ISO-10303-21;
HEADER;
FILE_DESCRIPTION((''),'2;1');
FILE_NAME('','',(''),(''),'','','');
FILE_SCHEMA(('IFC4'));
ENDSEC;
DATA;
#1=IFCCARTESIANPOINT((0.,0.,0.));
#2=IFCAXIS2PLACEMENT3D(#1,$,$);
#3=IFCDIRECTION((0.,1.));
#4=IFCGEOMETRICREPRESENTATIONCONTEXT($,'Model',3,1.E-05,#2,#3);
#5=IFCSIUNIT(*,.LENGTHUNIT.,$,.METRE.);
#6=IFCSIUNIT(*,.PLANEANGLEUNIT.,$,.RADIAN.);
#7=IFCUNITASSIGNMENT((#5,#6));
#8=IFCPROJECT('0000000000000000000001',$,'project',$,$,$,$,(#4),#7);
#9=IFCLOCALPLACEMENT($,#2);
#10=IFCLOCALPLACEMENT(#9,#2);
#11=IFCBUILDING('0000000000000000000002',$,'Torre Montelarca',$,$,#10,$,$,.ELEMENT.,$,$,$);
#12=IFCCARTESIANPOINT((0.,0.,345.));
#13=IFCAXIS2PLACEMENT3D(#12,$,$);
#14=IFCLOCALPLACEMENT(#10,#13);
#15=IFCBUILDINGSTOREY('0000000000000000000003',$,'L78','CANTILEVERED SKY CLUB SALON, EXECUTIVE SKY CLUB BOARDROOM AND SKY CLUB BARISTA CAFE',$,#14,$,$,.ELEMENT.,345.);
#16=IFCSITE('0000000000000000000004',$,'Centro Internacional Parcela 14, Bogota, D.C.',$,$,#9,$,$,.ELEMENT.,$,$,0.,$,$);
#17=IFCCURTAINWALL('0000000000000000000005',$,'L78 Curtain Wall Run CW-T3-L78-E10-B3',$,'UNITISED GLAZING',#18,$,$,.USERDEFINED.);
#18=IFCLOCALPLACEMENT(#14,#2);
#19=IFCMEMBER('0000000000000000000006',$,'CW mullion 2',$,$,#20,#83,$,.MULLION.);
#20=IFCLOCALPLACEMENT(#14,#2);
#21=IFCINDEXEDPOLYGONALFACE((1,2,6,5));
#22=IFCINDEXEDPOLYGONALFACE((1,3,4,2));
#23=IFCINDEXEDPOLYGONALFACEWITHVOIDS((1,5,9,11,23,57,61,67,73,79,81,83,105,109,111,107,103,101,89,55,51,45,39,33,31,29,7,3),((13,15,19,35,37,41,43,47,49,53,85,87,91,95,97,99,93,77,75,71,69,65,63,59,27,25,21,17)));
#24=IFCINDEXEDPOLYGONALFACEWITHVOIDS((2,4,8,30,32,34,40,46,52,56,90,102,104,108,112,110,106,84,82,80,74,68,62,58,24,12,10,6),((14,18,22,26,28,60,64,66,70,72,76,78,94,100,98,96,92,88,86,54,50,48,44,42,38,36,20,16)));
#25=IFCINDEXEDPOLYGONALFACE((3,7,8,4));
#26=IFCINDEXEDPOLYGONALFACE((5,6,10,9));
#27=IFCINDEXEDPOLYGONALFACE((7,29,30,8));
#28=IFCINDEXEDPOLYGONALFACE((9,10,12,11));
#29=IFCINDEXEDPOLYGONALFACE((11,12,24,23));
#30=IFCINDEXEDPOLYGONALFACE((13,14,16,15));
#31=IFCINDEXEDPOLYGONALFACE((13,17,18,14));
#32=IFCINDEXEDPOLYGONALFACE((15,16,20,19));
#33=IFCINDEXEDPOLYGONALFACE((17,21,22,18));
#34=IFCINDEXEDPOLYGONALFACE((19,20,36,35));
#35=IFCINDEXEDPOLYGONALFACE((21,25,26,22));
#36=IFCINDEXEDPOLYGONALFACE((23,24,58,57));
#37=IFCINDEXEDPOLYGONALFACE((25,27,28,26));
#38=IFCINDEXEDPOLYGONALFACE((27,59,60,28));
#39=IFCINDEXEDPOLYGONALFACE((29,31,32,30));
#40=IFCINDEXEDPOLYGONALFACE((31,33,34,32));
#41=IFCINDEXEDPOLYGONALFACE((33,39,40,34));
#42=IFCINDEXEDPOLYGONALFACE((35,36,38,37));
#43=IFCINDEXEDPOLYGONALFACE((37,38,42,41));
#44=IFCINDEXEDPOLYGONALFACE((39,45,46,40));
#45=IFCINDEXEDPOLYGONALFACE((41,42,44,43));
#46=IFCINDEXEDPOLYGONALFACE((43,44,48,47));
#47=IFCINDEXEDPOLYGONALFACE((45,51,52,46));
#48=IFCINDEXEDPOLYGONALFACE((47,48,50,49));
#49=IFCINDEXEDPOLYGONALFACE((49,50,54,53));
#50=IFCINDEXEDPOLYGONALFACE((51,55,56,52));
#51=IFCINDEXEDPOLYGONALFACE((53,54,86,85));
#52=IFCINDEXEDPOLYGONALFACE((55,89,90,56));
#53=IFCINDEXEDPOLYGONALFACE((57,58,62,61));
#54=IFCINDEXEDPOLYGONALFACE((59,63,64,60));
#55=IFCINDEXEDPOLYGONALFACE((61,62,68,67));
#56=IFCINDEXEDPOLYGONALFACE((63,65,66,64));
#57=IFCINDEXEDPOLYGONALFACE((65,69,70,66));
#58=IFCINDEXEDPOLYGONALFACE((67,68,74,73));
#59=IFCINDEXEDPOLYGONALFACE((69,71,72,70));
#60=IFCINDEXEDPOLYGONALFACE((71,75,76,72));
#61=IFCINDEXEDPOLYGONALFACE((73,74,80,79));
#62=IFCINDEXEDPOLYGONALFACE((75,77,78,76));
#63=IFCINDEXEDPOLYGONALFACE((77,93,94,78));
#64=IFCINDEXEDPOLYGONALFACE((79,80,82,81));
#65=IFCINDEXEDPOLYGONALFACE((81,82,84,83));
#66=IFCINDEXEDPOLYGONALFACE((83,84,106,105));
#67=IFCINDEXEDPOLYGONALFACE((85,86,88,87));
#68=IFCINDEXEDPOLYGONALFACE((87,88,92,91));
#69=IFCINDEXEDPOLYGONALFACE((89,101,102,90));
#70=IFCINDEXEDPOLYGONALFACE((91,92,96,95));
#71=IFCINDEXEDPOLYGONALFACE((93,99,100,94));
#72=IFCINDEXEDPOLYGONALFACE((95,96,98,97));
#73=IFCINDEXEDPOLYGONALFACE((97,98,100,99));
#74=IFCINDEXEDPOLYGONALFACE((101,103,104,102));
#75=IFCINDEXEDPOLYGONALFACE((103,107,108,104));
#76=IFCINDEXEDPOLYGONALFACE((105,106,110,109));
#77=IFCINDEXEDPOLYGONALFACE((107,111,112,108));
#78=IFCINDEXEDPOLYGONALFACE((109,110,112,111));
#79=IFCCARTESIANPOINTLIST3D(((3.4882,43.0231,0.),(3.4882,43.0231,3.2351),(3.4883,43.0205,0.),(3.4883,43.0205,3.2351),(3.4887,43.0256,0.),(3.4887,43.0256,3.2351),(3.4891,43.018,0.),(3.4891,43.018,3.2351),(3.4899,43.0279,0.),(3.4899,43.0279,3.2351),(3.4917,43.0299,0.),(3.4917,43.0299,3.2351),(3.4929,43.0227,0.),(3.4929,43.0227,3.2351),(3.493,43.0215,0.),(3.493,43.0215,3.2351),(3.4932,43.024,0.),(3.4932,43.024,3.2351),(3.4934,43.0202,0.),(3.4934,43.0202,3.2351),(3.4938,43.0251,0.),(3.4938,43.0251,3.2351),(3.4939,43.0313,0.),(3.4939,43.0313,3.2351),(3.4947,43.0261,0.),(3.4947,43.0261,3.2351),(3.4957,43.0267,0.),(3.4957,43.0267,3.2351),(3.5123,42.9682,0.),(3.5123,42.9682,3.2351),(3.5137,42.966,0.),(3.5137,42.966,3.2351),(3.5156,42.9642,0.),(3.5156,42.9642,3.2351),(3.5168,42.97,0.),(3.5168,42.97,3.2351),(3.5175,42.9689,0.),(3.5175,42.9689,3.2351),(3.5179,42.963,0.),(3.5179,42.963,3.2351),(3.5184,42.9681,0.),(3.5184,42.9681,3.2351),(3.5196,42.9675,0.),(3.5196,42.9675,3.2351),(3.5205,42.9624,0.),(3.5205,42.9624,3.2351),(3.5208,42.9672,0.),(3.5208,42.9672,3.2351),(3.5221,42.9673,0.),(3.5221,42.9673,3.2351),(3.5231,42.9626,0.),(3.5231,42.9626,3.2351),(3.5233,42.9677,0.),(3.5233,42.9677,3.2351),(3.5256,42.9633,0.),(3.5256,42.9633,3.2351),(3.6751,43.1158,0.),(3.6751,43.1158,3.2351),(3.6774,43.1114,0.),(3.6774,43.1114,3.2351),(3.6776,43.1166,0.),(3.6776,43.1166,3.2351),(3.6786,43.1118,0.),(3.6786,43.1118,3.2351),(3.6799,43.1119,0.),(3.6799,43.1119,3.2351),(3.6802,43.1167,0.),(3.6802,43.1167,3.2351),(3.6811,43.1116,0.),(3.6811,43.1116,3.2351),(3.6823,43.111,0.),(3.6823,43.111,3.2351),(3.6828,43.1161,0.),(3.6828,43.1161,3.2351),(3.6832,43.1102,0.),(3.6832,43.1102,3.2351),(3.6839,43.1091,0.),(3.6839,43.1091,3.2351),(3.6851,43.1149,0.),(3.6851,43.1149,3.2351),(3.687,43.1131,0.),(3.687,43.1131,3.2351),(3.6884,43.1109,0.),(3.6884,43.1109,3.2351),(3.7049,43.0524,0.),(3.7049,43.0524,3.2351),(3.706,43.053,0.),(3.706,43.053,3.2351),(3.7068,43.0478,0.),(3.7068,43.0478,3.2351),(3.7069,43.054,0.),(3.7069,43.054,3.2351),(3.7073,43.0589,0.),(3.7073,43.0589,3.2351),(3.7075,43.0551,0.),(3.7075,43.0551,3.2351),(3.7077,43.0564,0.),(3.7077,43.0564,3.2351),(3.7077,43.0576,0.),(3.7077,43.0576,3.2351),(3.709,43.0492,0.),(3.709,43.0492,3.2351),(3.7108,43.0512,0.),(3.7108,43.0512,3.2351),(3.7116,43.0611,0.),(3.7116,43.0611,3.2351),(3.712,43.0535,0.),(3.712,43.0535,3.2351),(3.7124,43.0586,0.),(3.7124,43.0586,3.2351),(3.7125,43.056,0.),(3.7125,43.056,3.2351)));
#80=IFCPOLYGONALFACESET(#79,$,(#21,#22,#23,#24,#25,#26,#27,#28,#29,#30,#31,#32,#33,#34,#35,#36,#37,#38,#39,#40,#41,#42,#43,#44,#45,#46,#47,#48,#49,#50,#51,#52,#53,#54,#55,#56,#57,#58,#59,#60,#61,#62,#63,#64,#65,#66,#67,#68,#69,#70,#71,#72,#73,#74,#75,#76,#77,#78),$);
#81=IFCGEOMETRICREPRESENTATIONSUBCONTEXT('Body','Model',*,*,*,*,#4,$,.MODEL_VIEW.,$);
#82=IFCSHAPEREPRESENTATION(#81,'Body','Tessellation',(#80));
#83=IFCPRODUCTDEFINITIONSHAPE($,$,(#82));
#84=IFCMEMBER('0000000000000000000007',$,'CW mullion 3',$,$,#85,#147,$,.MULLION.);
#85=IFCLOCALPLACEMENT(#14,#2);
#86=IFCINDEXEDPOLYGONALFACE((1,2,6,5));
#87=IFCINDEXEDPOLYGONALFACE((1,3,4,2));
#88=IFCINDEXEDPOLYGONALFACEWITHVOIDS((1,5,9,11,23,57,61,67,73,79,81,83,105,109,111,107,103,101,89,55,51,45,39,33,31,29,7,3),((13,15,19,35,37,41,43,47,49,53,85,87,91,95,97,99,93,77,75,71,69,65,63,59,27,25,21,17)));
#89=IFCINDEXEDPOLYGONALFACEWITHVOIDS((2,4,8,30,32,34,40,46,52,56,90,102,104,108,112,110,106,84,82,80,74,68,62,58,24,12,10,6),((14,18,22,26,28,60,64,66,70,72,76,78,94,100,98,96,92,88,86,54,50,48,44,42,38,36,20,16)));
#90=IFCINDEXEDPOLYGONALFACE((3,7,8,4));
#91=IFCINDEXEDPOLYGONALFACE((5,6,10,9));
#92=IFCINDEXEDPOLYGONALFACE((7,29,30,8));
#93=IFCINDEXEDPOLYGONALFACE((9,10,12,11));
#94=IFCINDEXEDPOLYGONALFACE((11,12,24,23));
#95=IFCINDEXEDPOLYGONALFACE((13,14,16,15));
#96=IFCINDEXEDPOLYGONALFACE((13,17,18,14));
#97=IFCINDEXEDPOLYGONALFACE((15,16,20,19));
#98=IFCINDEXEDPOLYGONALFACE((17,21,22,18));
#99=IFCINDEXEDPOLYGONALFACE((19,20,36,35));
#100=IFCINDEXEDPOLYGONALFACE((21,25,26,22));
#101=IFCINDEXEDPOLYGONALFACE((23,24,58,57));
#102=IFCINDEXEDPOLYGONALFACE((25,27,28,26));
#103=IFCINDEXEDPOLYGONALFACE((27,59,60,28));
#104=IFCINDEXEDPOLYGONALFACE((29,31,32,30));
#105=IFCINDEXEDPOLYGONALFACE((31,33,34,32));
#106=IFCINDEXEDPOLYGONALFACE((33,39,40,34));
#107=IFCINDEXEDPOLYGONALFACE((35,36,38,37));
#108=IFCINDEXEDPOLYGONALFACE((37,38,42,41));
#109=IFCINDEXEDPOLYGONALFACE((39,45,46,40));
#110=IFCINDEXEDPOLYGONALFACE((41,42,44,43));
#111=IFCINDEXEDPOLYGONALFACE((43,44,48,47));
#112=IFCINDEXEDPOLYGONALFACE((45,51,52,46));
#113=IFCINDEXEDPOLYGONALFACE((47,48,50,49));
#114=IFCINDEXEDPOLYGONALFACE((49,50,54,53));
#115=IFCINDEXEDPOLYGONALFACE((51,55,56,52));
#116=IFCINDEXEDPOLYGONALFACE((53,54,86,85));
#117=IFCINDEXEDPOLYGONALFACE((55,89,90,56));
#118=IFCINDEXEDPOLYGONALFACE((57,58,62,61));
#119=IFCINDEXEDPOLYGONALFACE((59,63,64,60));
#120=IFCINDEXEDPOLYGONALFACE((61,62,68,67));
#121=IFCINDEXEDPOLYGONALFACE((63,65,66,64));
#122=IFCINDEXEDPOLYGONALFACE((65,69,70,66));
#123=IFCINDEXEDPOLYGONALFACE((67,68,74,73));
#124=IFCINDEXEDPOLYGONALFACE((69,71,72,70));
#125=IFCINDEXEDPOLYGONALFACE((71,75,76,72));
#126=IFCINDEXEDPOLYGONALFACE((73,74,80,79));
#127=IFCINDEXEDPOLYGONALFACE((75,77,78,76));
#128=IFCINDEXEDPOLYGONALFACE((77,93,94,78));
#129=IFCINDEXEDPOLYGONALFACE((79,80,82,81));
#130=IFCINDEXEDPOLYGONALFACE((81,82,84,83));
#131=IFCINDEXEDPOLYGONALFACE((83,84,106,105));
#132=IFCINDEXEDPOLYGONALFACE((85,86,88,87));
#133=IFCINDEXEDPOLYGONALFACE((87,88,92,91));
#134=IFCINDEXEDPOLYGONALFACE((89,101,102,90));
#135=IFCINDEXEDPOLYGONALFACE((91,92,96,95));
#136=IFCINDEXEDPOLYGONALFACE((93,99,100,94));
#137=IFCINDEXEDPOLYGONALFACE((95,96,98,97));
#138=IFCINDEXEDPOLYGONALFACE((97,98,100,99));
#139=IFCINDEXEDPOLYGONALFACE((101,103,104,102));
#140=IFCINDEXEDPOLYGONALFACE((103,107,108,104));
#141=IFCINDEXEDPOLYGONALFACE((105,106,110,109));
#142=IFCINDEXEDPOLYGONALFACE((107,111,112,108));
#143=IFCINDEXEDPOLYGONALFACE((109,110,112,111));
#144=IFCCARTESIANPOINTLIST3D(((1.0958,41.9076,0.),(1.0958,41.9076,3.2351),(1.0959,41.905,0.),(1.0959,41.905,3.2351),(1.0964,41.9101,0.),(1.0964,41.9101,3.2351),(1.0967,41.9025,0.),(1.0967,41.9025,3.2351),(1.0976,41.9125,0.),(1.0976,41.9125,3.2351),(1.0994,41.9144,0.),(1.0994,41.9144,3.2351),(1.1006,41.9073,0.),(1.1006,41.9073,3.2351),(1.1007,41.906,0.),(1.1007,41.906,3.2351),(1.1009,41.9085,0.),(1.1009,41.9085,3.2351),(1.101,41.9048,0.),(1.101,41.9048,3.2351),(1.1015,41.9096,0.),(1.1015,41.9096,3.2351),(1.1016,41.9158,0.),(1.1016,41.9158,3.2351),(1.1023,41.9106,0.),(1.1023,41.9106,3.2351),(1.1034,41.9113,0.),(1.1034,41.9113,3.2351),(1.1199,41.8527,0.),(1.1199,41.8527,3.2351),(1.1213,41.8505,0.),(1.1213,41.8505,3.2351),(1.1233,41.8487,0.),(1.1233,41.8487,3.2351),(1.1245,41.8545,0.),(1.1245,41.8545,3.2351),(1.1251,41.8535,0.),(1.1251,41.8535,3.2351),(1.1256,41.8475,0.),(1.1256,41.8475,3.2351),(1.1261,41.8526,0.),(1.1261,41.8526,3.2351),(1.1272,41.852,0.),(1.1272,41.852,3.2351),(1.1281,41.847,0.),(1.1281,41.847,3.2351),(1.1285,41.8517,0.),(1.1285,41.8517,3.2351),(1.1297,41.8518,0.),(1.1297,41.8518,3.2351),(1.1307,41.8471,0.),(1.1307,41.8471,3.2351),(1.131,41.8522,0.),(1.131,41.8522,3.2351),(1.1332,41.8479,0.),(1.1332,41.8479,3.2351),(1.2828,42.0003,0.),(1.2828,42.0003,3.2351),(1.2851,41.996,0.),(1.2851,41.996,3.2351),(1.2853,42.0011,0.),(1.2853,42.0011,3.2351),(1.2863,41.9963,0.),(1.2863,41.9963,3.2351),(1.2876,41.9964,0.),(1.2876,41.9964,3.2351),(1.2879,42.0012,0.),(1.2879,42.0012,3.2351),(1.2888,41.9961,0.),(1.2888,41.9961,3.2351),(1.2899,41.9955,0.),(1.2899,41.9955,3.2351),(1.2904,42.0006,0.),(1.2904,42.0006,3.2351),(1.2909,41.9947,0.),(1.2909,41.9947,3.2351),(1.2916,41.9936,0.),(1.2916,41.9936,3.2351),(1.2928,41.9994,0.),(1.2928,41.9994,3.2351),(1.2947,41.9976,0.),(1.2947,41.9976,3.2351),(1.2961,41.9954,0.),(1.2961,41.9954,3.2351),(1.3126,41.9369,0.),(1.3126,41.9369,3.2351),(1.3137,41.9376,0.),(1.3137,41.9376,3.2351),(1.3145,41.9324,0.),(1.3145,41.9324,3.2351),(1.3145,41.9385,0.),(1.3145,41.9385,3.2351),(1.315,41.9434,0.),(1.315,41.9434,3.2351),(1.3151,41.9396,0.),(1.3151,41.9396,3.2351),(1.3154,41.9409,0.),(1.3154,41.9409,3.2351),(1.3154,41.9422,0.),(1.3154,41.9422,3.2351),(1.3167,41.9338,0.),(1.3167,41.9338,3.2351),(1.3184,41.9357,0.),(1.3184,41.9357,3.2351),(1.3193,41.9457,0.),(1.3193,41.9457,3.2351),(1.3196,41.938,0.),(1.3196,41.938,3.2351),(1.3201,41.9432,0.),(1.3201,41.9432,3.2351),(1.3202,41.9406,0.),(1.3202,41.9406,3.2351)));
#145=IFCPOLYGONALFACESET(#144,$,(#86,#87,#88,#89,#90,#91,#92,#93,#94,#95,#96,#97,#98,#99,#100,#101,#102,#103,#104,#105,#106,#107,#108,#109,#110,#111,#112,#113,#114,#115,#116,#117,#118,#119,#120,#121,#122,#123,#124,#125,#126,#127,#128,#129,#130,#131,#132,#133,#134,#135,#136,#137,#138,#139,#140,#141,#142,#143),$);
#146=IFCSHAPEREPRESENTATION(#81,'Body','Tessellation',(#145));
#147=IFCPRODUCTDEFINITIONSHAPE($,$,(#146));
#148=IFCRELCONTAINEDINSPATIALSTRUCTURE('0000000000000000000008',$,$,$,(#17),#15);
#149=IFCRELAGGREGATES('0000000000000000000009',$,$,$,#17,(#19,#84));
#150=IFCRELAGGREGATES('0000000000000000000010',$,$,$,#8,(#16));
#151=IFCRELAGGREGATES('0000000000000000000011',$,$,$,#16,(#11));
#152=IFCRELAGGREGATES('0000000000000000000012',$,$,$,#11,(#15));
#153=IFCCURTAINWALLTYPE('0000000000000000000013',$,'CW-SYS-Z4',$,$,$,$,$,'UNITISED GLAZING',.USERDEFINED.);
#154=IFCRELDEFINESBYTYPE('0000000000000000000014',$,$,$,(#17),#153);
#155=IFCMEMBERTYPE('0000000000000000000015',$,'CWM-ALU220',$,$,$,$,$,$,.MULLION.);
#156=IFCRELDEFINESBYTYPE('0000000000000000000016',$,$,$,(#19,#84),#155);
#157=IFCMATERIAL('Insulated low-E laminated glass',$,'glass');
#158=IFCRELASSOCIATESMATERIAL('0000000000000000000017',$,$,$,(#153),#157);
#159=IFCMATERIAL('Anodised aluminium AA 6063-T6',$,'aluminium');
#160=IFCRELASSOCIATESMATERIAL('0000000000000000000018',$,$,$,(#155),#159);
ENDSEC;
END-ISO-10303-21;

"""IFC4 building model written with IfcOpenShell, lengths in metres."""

from ifc_helpers import new_model, si_unit, direction, frame, origin, origin_2d, place, context, subcontext, project, spatial, hollow_rectangle, extrude, source, transform, mapped, material, material_profile, profile_set, type_object, element, aggregate, save


model = new_model("IFC4")

# Units and contexts
model_context = context("Model", 3, precision=1e-05, world=origin(), true_north=direction((0.0, 1.0)))
body_context = subcontext(model_context, "Body", "Model", "MODEL_VIEW")
ifc_project = project(units=[si_unit("LENGTHUNIT", "METRE"), si_unit("PLANEANGLEUNIT", "RADIAN")], contexts=[model_context])

# Site, building, storey
site_placement = place(None, origin())
site = spatial("IfcSite", under=ifc_project, at=site_placement, Name="Centro Internacional Parcela 14, Bogota, D.C.", CompositionType="ELEMENT", RefElevation=0.0)
building_placement = place(site_placement, origin())
building = spatial("IfcBuilding", under=site, at=building_placement, Name="Torre Montelarca", CompositionType="ELEMENT")
storey_placement = place(building_placement, frame((0.0, 0.0, 345.0)))
storey = spatial("IfcBuildingStorey", under=building, at=storey_placement, Name="L78", Description="CANTILEVERED SKY CLUB SALON, EXECUTIVE SKY CLUB BOARDROOM AND SKY CLUB BARISTA CAFE", CompositionType="ELEMENT", Elevation=345.0)

# Curtain wall
ifc_material_1 = material(Name="Insulated low-E laminated glass", Category="glass")
curtain_wall_type = type_object("IfcCurtainWallType", Name="CW-SYS-Z4", ElementType="UNITISED GLAZING", PredefinedType="USERDEFINED", material=ifc_material_1)
ifc_material_2 = material(Name="Anodised aluminium AA 6063-T6", Category="aluminium")
ifc_material_profile_1 = material_profile(ifc_material_2, hollow_rectangle(XDim=0.075, YDim=0.22, WallThickness=0.0049, InnerFilletRadius=0.0049, OuterFilletRadius=0.01, at=origin_2d()), Name="ALU75X220X5", Category="aluminium")
ifc_profile_set_1 = profile_set([ifc_material_profile_1], Name="Anodised aluminium AA 6063-T6")
member_type_1 = type_object("IfcMemberType", Name="CWM-ALU220", PredefinedType="MULLION", material=ifc_profile_set_1)
curtain_wall_1_placement = place(storey_placement, origin())
curtain_wall_1 = element("IfcCurtainWall", 1, at=curtain_wall_1_placement, inside=storey, type_object=curtain_wall_type, Name="L78 Curtain Wall Run CW-T3-L78-E10-B3", ObjectType="UNITISED GLAZING", PredefinedType="USERDEFINED")
shared_shape_1 = source(origin(), body_context, "Body", "SweptSolid", [
    extrude(hollow_rectangle(XDim=0.075, YDim=0.22, WallThickness=0.0049, InnerFilletRadius=0.0049, OuterFilletRadius=0.01, at=origin_2d()), origin(), (0.0, 0.0, 1.0), 3.2351),
])

# Members
member_1_placement = place(storey_placement, frame((3.6003, 43.0396, 0.0), z_axis=(0.0, 0.0, 1.0), x_axis=(0.422602, -0.906315, 0.0)))
member_1 = element("IfcMember", 2, at=member_1_placement, type_object=member_type_1, Name="CW mullion 2", PredefinedType="MULLION", context=body_context, shape_type="MappedRepresentation", body=[
    mapped(shared_shape_1, transform((0.0, 0.0, 0.0), scale=1.0)),
])
member_2_placement = place(storey_placement, frame((1.208, 41.9241, 0.0), z_axis=(0.0, 0.0, 1.0), x_axis=(0.422602, -0.906315, 0.0)))
member_2 = element("IfcMember", 3, at=member_2_placement, type_object=member_type_1, Name="CW mullion 3", PredefinedType="MULLION", context=body_context, shape_type="MappedRepresentation", body=[
    mapped(shared_shape_1, transform((0.0, 0.0, 0.0), scale=1.0)),
])

aggregate(curtain_wall_1, [member_1, member_2])

save(model, "model.ifc")
